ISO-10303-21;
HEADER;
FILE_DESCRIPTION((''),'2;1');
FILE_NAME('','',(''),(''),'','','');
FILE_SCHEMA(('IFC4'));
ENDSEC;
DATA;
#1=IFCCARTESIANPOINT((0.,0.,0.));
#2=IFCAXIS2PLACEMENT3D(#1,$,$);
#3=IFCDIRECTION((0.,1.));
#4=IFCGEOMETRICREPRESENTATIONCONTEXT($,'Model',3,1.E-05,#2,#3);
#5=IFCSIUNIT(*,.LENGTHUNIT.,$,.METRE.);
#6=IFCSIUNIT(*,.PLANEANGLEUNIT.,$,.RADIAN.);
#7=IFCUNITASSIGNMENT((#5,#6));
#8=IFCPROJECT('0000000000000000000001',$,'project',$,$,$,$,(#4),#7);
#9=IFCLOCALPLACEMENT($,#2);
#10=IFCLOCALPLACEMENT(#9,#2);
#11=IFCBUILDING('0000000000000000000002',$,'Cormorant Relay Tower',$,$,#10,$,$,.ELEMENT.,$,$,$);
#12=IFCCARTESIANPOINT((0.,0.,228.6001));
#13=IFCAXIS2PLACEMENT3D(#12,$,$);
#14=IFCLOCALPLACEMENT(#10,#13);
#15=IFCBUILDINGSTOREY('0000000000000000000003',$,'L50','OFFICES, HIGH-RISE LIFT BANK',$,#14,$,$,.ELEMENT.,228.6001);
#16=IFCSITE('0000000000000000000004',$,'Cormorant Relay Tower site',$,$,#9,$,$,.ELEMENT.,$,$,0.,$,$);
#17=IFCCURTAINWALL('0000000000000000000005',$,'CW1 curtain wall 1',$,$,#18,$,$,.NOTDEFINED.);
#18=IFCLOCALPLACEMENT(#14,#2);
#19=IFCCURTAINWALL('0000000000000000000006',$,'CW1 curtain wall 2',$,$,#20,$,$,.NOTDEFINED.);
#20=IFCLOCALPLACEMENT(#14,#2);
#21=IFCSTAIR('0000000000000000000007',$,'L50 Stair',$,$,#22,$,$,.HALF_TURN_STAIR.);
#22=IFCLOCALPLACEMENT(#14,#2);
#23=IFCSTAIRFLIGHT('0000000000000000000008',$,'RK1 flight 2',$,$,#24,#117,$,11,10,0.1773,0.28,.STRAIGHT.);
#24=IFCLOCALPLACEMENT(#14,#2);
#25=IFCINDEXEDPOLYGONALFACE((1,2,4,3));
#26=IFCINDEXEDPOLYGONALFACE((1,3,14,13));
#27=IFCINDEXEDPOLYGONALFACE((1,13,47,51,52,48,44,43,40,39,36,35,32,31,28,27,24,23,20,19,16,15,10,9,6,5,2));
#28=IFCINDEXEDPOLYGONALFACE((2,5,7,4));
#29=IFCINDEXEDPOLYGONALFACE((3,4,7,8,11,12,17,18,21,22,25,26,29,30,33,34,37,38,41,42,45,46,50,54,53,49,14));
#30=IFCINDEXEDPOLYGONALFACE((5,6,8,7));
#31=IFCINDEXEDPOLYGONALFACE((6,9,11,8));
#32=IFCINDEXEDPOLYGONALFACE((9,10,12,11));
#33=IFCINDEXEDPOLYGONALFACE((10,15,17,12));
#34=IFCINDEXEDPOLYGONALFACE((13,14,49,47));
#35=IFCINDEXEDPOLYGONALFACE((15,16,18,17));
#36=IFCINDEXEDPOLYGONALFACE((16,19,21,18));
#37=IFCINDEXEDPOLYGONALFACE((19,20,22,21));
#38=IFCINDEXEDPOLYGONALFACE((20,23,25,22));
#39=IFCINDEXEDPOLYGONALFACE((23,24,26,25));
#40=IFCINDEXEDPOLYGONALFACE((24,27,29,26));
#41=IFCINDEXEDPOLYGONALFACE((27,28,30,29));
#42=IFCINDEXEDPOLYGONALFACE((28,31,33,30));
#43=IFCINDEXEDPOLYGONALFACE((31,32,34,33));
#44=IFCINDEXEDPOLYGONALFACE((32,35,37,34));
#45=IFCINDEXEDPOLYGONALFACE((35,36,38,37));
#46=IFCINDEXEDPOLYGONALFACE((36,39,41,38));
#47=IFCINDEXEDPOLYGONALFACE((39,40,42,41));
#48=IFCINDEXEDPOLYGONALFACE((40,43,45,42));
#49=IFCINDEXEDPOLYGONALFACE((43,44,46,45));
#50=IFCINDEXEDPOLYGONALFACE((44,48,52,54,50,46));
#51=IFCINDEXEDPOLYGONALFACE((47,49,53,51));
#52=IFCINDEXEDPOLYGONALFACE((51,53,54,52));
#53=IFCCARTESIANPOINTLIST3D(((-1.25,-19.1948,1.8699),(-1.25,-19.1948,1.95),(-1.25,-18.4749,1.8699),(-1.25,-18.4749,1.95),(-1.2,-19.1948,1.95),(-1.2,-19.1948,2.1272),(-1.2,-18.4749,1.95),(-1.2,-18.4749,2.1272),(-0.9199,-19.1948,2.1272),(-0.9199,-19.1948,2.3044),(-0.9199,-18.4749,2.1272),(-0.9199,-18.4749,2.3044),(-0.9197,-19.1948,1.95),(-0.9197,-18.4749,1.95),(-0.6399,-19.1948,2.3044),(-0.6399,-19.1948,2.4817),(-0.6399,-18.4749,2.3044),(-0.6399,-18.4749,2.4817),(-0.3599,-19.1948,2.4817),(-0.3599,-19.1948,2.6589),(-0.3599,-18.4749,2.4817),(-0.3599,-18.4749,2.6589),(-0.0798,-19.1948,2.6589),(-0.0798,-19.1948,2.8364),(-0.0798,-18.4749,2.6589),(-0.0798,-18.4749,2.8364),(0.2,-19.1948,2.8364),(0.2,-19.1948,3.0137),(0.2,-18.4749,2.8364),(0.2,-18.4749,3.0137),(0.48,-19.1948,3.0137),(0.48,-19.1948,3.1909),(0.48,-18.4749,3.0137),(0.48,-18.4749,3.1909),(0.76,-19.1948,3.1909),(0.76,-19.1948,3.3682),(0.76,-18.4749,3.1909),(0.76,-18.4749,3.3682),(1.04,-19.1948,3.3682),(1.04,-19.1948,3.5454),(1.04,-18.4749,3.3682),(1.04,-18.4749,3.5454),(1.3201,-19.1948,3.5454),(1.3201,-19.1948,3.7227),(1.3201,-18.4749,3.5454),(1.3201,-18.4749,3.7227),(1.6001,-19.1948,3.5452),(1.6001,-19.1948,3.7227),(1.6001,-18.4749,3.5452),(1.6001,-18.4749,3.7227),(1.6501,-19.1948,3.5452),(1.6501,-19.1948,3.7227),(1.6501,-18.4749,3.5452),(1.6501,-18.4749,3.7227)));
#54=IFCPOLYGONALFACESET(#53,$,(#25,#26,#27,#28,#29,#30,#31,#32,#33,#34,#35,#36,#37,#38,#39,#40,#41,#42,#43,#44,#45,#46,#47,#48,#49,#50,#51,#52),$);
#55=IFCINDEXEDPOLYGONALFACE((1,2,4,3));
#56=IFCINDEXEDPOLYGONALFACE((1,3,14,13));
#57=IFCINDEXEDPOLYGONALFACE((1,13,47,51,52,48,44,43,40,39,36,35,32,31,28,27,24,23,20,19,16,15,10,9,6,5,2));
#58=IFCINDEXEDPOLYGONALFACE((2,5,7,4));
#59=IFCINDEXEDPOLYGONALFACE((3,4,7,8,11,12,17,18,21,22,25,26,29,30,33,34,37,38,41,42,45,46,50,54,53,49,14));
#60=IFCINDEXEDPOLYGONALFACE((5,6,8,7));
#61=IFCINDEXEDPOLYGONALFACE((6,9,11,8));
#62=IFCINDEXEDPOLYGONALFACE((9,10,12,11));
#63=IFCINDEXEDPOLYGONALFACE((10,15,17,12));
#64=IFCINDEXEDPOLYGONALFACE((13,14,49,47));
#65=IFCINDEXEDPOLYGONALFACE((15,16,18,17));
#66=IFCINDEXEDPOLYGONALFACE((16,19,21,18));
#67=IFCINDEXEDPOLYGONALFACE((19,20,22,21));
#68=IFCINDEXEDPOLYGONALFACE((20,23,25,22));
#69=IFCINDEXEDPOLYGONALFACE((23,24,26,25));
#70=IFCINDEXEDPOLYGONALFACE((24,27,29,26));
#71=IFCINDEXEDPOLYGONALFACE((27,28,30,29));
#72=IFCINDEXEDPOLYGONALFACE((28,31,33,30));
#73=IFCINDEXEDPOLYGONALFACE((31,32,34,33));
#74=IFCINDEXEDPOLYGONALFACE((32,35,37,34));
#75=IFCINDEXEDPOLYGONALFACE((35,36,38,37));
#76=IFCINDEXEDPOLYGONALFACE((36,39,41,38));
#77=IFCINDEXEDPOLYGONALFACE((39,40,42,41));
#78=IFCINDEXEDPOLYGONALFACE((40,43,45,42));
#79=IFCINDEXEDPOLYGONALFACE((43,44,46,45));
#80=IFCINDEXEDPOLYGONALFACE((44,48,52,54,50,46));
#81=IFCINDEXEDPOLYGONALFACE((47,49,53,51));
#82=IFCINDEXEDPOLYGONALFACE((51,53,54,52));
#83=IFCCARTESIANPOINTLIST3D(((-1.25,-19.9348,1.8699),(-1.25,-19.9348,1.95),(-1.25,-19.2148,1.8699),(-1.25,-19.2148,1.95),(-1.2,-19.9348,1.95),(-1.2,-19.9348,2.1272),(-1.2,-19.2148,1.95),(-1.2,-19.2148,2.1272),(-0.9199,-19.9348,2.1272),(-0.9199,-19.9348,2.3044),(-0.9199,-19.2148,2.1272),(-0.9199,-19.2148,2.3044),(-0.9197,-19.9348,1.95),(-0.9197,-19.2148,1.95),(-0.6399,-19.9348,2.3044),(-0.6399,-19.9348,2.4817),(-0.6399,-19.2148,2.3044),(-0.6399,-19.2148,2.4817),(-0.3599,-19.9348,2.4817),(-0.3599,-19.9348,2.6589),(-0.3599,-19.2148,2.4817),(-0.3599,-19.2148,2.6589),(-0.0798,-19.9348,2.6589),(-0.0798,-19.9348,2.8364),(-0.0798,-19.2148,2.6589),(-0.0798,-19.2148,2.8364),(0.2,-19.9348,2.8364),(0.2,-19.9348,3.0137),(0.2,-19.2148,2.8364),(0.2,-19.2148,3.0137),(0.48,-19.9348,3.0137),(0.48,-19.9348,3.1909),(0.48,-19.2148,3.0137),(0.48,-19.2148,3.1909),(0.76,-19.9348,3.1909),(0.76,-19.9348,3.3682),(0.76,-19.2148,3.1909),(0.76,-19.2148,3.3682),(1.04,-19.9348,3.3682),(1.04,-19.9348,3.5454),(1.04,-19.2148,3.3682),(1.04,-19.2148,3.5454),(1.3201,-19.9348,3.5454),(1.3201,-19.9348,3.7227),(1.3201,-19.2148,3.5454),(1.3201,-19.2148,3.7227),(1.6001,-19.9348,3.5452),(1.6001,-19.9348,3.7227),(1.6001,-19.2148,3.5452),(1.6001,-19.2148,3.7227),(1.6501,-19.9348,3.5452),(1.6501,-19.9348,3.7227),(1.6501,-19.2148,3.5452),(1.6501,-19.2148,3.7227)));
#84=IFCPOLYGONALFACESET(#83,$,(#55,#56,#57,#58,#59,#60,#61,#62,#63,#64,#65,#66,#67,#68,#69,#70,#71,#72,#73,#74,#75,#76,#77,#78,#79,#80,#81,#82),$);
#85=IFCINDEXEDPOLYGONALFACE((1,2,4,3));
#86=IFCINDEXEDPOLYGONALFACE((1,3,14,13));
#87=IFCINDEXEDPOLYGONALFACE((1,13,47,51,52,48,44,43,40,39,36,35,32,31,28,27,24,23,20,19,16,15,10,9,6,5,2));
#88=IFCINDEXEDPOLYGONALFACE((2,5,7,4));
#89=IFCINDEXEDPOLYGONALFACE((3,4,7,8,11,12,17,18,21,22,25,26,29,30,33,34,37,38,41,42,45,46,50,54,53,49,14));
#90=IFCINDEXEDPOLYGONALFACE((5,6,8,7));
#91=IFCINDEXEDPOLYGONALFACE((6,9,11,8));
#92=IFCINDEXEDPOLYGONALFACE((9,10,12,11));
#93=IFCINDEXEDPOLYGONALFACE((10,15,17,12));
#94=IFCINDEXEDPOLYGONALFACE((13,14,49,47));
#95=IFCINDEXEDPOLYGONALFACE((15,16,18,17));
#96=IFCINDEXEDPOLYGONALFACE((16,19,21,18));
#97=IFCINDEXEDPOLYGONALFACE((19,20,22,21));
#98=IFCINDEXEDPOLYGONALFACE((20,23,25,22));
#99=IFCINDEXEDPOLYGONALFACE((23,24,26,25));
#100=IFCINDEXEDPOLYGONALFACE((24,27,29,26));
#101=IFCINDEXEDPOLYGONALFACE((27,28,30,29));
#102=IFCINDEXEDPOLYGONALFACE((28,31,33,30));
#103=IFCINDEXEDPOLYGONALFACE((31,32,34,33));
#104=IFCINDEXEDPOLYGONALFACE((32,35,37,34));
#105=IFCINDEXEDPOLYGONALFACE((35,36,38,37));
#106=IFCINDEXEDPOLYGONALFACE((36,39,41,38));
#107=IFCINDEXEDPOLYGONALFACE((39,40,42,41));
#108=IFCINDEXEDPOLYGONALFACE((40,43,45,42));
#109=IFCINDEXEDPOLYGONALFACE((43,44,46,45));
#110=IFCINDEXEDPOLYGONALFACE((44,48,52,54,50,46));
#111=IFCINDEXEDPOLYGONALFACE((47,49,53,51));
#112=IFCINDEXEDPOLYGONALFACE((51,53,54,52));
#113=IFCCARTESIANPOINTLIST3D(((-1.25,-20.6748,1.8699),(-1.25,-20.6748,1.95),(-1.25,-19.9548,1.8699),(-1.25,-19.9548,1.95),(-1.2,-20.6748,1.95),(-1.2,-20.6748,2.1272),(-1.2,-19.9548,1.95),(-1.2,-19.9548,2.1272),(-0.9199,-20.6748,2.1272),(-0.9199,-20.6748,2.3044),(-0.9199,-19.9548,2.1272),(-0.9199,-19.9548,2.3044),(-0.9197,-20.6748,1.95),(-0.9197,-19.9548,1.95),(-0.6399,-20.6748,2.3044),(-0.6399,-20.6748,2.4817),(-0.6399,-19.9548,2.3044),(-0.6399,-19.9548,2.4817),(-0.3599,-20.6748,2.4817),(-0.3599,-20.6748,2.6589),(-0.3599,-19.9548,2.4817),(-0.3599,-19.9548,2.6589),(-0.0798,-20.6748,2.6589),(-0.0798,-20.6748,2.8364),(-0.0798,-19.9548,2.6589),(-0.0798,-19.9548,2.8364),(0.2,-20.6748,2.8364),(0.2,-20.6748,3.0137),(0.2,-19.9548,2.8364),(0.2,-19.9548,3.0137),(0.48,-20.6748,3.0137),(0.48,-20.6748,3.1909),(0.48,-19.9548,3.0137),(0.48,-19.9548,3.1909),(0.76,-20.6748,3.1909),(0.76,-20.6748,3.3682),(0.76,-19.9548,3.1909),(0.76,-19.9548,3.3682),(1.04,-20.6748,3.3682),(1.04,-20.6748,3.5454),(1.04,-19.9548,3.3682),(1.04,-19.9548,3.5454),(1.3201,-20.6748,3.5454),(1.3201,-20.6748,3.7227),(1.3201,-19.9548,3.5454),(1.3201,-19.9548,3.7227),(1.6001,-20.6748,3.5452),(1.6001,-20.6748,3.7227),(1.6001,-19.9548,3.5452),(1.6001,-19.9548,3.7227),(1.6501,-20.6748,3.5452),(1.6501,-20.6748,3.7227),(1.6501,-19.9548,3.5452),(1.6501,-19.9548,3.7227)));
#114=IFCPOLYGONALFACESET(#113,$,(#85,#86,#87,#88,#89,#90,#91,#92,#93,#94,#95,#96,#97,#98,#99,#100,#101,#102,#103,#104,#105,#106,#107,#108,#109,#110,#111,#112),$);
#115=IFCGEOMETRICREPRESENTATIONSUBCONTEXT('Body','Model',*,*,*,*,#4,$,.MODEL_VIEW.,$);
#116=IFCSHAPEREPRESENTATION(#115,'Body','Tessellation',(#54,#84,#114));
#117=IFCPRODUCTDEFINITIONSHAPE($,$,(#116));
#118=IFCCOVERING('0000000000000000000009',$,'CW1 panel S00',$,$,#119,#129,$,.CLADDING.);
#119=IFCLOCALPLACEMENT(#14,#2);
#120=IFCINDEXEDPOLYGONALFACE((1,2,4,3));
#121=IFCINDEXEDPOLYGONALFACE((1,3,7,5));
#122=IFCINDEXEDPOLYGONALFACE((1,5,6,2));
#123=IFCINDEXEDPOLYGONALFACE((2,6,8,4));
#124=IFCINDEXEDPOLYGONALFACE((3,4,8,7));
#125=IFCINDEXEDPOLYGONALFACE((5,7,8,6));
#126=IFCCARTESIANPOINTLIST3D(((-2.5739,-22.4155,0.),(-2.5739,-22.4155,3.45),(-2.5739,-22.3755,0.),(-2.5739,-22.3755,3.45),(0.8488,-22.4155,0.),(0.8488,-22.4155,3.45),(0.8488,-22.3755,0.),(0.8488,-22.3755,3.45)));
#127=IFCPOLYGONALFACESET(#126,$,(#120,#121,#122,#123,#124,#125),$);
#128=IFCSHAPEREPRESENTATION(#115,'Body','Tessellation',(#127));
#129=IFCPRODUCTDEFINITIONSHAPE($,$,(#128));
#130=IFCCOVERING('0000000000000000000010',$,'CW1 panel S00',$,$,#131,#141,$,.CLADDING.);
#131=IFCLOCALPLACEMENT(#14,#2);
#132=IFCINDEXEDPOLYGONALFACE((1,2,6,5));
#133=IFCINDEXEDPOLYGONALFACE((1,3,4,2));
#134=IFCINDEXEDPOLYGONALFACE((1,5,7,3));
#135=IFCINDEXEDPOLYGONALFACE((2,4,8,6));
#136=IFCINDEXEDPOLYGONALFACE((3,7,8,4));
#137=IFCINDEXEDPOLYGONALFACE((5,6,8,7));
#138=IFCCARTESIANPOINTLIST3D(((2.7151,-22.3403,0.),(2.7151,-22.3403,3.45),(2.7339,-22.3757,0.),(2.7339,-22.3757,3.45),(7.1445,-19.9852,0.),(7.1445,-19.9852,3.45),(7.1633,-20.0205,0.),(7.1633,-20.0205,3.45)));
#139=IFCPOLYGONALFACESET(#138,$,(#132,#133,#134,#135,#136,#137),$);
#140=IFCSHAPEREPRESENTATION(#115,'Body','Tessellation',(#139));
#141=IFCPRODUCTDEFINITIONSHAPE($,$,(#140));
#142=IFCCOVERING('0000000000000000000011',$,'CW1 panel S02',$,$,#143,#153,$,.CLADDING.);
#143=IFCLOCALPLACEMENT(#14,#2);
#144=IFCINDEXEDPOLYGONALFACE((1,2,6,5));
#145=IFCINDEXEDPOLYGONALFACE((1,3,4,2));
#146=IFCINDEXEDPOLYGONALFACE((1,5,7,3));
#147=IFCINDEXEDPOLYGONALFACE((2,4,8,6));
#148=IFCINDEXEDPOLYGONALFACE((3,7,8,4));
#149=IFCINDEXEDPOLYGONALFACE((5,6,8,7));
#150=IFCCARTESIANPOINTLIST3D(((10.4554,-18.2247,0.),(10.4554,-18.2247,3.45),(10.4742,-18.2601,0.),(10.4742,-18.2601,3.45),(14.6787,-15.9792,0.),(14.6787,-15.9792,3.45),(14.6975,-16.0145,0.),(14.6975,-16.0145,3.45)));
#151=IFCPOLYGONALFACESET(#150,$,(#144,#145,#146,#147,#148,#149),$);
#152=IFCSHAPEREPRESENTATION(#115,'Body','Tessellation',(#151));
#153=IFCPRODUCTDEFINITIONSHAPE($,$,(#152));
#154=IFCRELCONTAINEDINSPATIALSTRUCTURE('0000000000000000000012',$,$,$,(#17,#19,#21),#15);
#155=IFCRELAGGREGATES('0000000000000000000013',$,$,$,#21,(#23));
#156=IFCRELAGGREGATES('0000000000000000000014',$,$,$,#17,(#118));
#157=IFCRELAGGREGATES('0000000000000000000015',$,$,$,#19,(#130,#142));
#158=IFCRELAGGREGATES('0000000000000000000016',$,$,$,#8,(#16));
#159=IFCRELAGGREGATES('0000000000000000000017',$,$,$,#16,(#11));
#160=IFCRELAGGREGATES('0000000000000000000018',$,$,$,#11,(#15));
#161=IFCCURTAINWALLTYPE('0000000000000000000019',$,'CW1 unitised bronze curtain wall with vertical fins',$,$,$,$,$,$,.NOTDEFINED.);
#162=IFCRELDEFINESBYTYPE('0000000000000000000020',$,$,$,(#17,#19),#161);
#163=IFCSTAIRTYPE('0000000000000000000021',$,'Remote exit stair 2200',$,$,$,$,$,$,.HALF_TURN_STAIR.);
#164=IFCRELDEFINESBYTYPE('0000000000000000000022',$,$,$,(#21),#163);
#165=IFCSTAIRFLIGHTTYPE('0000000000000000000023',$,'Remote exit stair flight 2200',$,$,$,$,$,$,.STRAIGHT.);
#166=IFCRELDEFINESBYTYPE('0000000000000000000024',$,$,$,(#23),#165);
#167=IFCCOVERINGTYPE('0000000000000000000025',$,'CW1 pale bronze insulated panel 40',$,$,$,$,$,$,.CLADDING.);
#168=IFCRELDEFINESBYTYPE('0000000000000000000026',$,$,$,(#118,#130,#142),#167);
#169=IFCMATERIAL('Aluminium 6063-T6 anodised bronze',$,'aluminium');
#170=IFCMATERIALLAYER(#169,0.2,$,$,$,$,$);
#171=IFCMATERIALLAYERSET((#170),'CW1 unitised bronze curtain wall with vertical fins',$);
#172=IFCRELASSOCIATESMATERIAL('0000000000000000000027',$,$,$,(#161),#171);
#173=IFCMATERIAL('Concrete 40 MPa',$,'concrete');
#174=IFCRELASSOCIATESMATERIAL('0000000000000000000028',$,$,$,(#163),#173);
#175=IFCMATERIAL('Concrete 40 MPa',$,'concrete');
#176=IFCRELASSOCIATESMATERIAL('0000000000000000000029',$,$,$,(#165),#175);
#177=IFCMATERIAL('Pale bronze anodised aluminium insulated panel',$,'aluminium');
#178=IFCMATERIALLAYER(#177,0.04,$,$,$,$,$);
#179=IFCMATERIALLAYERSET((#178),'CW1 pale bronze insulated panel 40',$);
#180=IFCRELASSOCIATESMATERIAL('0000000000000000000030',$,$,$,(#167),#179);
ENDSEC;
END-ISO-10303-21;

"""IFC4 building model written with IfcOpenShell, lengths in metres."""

from ifc_helpers import new_model, si_unit, direction, frame, origin, origin_2d, place, context, subcontext, project, spatial, polyline, rectangle, outline, extrude, material, layer, layer_set, type_object, element, aggregate, save


model = new_model("IFC4")

# Units and contexts
model_context = context("Model", 3, precision=1e-05, world=origin(), true_north=direction((0.0, 1.0)))
body_context = subcontext(model_context, "Body", "Model", "MODEL_VIEW")
ifc_project = project(units=[si_unit("LENGTHUNIT", "METRE"), si_unit("PLANEANGLEUNIT", "RADIAN")], contexts=[model_context])

# Site, building, storey
site_placement = place(None, origin())
site = spatial("IfcSite", under=ifc_project, at=site_placement, Name="Cormorant Relay Tower site", CompositionType="ELEMENT", RefElevation=0.0)
building_placement = place(site_placement, origin())
building = spatial("IfcBuilding", under=site, at=building_placement, Name="Cormorant Relay Tower", CompositionType="ELEMENT")
storey_placement = place(building_placement, frame((0.0, 0.0, 228.6001)))
storey = spatial("IfcBuildingStorey", under=building, at=storey_placement, Name="L50", Description="OFFICES, HIGH-RISE LIFT BANK", CompositionType="ELEMENT", Elevation=228.6001)

# Curtain wall
ifc_material_1 = material(Name="Aluminium 6063-T6 anodised bronze", Category="aluminium")
ifc_layer_1 = layer(ifc_material_1, 0.2)
ifc_layer_set_1 = layer_set([ifc_layer_1], Name="CW1 unitised bronze curtain wall with vertical fins")
curtain_wall_type = type_object("IfcCurtainWallType", Name="CW1 unitised bronze curtain wall with vertical fins", PredefinedType="NOTDEFINED", material=ifc_layer_set_1)
curtain_wall_1_placement = place(storey_placement, origin())
curtain_wall_1 = element("IfcCurtainWall", 1, at=curtain_wall_1_placement, inside=storey, type_object=curtain_wall_type, Name="CW1 curtain wall 1", PredefinedType="NOTDEFINED")

# Curtain wall
curtain_wall_2_placement = place(storey_placement, origin())
curtain_wall_2 = element("IfcCurtainWall", 2, at=curtain_wall_2_placement, inside=storey, type_object=curtain_wall_type, Name="CW1 curtain wall 2", PredefinedType="NOTDEFINED")

# Stair, stair flight
ifc_material_2 = material(Name="Concrete 40 MPa", Category="concrete")
stair_type = type_object("IfcStairType", Name="Remote exit stair 2200", PredefinedType="HALF_TURN_STAIR", material=ifc_material_2)
stair_placement = place(storey_placement, origin())
stair = element("IfcStair", 3, at=stair_placement, inside=storey, type_object=stair_type, Name="L50 Stair", PredefinedType="HALF_TURN_STAIR")
ifc_material_3 = material(Name="Concrete 40 MPa", Category="concrete")
stair_flight_type = type_object("IfcStairFlightType", Name="Remote exit stair flight 2200", PredefinedType="STRAIGHT", material=ifc_material_3)
stair_flight_1_placement = place(storey_placement, frame((-1.2, -19.575, 1.95), z_axis=(0.0, 0.0, 1.0), x_axis=(1.0, 0.0, 0.0)))
stair_flight_1 = element("IfcStairFlight", 4, at=stair_flight_1_placement, type_object=stair_flight_type, Name="RK1 flight 2", NumberOfRisers=11, NumberOfTreads=10, PredefinedType="STRAIGHT", RiserHeight=0.1773, TreadLength=0.28, context=body_context, shape_type="SweptSolid", body=[
    extrude(outline(polyline([(-0.05, -0.0801), (-0.05, 0.0), (0.0, 0.0), (0.0, 0.1772), (0.28, 0.1772), (0.28, 0.3545), (0.5601, 0.3545), (0.5601, 0.5317), (0.8401, 0.5317), (0.8401, 0.709), (1.1201, 0.709), (1.1201, 0.8865), (1.3999, 0.8865), (1.3999, 1.0637), (1.6799, 1.0637), (1.6799, 1.241), (1.96, 1.241), (1.96, 1.4182), (2.24, 1.4182), (2.24, 1.5955), (2.52, 1.5955), (2.52, 1.7727), (2.8, 1.7727), (2.8501, 1.7727), (2.8501, 1.5952), (2.8, 1.5952), (0.2803, 0.0), (-0.05, -0.0801)])), frame((0.0, 1.1001, 0.0), z_axis=(0.0, -1.0, 0.0), x_axis=(1.0, 0.0, 0.0)), (0.0, 0.0, 1.0), 0.72),
    extrude(outline(polyline([(-0.05, -0.0801), (-0.05, 0.0), (0.0, 0.0), (0.0, 0.1772), (0.28, 0.1772), (0.28, 0.3545), (0.5601, 0.3545), (0.5601, 0.5317), (0.8401, 0.5317), (0.8401, 0.709), (1.1201, 0.709), (1.1201, 0.8865), (1.3999, 0.8865), (1.3999, 1.0637), (1.6799, 1.0637), (1.6799, 1.241), (1.96, 1.241), (1.96, 1.4182), (2.24, 1.4182), (2.24, 1.5955), (2.52, 1.5955), (2.52, 1.7727), (2.8, 1.7727), (2.8501, 1.7727), (2.8501, 1.5952), (2.8, 1.5952), (0.2803, 0.0), (-0.05, -0.0801)])), frame((0.0, 0.3601, 0.0), z_axis=(0.0, -1.0, 0.0), x_axis=(1.0, 0.0, 0.0)), (0.0, 0.0, 1.0), 0.72),
    extrude(outline(polyline([(-0.05, -0.0801), (-0.05, 0.0), (0.0, 0.0), (0.0, 0.1772), (0.28, 0.1772), (0.28, 0.3545), (0.5601, 0.3545), (0.5601, 0.5317), (0.8401, 0.5317), (0.8401, 0.709), (1.1201, 0.709), (1.1201, 0.8865), (1.3999, 0.8865), (1.3999, 1.0637), (1.6799, 1.0637), (1.6799, 1.241), (1.96, 1.241), (1.96, 1.4182), (2.24, 1.4182), (2.24, 1.5955), (2.52, 1.5955), (2.52, 1.7727), (2.8, 1.7727), (2.8501, 1.7727), (2.8501, 1.5952), (2.8, 1.5952), (0.2803, 0.0), (-0.05, -0.0801)])), frame((0.0, -0.3799, 0.0), z_axis=(0.0, -1.0, 0.0), x_axis=(1.0, 0.0, 0.0)), (0.0, 0.0, 1.0), 0.72),
])
aggregate(stair, [stair_flight_1])

# Coverings
ifc_material_4 = material(Name="Pale bronze anodised aluminium insulated panel", Category="aluminium")
ifc_layer_2 = layer(ifc_material_4, 0.04)
ifc_layer_set_2 = layer_set([ifc_layer_2], Name="CW1 pale bronze insulated panel 40")
covering_type = type_object("IfcCoveringType", Name="CW1 pale bronze insulated panel 40", PredefinedType="CLADDING", material=ifc_layer_set_2)
covering_1_placement = place(storey_placement, frame((-0.8625, -22.3955, 0.0), z_axis=(0.0, 0.0, 1.0), x_axis=(1.0, 0.0, 0.0)))
covering_1 = element("IfcCovering", 5, at=covering_1_placement, type_object=covering_type, Name="CW1 panel S00", PredefinedType="CLADDING", context=body_context, shape_type="SweptSolid", body=[
    extrude(rectangle(XDim=3.4226, YDim=0.04, at=origin_2d()), origin(), (0.0, 0.0, 1.0), 3.45),
])
aggregate(curtain_wall_1, [covering_1])
covering_2_placement = place(storey_placement, frame((4.9392, -21.1804, 0.0), z_axis=(0.0, 0.0, 1.0), x_axis=(0.882948, 0.469472, 0.0)))
covering_2 = element("IfcCovering", 6, at=covering_2_placement, type_object=covering_type, Name="CW1 panel S00", PredefinedType="CLADDING", context=body_context, shape_type="SweptSolid", body=[
    extrude(rectangle(XDim=5.0166, YDim=0.04, at=origin_2d()), origin(), (0.0, 0.0, 1.0), 3.45),
])
covering_3_placement = place(storey_placement, frame((12.5764, -17.1196, 0.0), z_axis=(0.0, 0.0, 1.0), x_axis=(0.882948, 0.469472, 0.0)))
covering_3 = element("IfcCovering", 7, at=covering_3_placement, type_object=covering_type, Name="CW1 panel S02", PredefinedType="CLADDING", context=body_context, shape_type="SweptSolid", body=[
    extrude(rectangle(XDim=4.7832, YDim=0.04, at=origin_2d()), origin(), (0.0, 0.0, 1.0), 3.45),
])
aggregate(curtain_wall_2, [covering_2, covering_3])

save(model, "model.ifc")
